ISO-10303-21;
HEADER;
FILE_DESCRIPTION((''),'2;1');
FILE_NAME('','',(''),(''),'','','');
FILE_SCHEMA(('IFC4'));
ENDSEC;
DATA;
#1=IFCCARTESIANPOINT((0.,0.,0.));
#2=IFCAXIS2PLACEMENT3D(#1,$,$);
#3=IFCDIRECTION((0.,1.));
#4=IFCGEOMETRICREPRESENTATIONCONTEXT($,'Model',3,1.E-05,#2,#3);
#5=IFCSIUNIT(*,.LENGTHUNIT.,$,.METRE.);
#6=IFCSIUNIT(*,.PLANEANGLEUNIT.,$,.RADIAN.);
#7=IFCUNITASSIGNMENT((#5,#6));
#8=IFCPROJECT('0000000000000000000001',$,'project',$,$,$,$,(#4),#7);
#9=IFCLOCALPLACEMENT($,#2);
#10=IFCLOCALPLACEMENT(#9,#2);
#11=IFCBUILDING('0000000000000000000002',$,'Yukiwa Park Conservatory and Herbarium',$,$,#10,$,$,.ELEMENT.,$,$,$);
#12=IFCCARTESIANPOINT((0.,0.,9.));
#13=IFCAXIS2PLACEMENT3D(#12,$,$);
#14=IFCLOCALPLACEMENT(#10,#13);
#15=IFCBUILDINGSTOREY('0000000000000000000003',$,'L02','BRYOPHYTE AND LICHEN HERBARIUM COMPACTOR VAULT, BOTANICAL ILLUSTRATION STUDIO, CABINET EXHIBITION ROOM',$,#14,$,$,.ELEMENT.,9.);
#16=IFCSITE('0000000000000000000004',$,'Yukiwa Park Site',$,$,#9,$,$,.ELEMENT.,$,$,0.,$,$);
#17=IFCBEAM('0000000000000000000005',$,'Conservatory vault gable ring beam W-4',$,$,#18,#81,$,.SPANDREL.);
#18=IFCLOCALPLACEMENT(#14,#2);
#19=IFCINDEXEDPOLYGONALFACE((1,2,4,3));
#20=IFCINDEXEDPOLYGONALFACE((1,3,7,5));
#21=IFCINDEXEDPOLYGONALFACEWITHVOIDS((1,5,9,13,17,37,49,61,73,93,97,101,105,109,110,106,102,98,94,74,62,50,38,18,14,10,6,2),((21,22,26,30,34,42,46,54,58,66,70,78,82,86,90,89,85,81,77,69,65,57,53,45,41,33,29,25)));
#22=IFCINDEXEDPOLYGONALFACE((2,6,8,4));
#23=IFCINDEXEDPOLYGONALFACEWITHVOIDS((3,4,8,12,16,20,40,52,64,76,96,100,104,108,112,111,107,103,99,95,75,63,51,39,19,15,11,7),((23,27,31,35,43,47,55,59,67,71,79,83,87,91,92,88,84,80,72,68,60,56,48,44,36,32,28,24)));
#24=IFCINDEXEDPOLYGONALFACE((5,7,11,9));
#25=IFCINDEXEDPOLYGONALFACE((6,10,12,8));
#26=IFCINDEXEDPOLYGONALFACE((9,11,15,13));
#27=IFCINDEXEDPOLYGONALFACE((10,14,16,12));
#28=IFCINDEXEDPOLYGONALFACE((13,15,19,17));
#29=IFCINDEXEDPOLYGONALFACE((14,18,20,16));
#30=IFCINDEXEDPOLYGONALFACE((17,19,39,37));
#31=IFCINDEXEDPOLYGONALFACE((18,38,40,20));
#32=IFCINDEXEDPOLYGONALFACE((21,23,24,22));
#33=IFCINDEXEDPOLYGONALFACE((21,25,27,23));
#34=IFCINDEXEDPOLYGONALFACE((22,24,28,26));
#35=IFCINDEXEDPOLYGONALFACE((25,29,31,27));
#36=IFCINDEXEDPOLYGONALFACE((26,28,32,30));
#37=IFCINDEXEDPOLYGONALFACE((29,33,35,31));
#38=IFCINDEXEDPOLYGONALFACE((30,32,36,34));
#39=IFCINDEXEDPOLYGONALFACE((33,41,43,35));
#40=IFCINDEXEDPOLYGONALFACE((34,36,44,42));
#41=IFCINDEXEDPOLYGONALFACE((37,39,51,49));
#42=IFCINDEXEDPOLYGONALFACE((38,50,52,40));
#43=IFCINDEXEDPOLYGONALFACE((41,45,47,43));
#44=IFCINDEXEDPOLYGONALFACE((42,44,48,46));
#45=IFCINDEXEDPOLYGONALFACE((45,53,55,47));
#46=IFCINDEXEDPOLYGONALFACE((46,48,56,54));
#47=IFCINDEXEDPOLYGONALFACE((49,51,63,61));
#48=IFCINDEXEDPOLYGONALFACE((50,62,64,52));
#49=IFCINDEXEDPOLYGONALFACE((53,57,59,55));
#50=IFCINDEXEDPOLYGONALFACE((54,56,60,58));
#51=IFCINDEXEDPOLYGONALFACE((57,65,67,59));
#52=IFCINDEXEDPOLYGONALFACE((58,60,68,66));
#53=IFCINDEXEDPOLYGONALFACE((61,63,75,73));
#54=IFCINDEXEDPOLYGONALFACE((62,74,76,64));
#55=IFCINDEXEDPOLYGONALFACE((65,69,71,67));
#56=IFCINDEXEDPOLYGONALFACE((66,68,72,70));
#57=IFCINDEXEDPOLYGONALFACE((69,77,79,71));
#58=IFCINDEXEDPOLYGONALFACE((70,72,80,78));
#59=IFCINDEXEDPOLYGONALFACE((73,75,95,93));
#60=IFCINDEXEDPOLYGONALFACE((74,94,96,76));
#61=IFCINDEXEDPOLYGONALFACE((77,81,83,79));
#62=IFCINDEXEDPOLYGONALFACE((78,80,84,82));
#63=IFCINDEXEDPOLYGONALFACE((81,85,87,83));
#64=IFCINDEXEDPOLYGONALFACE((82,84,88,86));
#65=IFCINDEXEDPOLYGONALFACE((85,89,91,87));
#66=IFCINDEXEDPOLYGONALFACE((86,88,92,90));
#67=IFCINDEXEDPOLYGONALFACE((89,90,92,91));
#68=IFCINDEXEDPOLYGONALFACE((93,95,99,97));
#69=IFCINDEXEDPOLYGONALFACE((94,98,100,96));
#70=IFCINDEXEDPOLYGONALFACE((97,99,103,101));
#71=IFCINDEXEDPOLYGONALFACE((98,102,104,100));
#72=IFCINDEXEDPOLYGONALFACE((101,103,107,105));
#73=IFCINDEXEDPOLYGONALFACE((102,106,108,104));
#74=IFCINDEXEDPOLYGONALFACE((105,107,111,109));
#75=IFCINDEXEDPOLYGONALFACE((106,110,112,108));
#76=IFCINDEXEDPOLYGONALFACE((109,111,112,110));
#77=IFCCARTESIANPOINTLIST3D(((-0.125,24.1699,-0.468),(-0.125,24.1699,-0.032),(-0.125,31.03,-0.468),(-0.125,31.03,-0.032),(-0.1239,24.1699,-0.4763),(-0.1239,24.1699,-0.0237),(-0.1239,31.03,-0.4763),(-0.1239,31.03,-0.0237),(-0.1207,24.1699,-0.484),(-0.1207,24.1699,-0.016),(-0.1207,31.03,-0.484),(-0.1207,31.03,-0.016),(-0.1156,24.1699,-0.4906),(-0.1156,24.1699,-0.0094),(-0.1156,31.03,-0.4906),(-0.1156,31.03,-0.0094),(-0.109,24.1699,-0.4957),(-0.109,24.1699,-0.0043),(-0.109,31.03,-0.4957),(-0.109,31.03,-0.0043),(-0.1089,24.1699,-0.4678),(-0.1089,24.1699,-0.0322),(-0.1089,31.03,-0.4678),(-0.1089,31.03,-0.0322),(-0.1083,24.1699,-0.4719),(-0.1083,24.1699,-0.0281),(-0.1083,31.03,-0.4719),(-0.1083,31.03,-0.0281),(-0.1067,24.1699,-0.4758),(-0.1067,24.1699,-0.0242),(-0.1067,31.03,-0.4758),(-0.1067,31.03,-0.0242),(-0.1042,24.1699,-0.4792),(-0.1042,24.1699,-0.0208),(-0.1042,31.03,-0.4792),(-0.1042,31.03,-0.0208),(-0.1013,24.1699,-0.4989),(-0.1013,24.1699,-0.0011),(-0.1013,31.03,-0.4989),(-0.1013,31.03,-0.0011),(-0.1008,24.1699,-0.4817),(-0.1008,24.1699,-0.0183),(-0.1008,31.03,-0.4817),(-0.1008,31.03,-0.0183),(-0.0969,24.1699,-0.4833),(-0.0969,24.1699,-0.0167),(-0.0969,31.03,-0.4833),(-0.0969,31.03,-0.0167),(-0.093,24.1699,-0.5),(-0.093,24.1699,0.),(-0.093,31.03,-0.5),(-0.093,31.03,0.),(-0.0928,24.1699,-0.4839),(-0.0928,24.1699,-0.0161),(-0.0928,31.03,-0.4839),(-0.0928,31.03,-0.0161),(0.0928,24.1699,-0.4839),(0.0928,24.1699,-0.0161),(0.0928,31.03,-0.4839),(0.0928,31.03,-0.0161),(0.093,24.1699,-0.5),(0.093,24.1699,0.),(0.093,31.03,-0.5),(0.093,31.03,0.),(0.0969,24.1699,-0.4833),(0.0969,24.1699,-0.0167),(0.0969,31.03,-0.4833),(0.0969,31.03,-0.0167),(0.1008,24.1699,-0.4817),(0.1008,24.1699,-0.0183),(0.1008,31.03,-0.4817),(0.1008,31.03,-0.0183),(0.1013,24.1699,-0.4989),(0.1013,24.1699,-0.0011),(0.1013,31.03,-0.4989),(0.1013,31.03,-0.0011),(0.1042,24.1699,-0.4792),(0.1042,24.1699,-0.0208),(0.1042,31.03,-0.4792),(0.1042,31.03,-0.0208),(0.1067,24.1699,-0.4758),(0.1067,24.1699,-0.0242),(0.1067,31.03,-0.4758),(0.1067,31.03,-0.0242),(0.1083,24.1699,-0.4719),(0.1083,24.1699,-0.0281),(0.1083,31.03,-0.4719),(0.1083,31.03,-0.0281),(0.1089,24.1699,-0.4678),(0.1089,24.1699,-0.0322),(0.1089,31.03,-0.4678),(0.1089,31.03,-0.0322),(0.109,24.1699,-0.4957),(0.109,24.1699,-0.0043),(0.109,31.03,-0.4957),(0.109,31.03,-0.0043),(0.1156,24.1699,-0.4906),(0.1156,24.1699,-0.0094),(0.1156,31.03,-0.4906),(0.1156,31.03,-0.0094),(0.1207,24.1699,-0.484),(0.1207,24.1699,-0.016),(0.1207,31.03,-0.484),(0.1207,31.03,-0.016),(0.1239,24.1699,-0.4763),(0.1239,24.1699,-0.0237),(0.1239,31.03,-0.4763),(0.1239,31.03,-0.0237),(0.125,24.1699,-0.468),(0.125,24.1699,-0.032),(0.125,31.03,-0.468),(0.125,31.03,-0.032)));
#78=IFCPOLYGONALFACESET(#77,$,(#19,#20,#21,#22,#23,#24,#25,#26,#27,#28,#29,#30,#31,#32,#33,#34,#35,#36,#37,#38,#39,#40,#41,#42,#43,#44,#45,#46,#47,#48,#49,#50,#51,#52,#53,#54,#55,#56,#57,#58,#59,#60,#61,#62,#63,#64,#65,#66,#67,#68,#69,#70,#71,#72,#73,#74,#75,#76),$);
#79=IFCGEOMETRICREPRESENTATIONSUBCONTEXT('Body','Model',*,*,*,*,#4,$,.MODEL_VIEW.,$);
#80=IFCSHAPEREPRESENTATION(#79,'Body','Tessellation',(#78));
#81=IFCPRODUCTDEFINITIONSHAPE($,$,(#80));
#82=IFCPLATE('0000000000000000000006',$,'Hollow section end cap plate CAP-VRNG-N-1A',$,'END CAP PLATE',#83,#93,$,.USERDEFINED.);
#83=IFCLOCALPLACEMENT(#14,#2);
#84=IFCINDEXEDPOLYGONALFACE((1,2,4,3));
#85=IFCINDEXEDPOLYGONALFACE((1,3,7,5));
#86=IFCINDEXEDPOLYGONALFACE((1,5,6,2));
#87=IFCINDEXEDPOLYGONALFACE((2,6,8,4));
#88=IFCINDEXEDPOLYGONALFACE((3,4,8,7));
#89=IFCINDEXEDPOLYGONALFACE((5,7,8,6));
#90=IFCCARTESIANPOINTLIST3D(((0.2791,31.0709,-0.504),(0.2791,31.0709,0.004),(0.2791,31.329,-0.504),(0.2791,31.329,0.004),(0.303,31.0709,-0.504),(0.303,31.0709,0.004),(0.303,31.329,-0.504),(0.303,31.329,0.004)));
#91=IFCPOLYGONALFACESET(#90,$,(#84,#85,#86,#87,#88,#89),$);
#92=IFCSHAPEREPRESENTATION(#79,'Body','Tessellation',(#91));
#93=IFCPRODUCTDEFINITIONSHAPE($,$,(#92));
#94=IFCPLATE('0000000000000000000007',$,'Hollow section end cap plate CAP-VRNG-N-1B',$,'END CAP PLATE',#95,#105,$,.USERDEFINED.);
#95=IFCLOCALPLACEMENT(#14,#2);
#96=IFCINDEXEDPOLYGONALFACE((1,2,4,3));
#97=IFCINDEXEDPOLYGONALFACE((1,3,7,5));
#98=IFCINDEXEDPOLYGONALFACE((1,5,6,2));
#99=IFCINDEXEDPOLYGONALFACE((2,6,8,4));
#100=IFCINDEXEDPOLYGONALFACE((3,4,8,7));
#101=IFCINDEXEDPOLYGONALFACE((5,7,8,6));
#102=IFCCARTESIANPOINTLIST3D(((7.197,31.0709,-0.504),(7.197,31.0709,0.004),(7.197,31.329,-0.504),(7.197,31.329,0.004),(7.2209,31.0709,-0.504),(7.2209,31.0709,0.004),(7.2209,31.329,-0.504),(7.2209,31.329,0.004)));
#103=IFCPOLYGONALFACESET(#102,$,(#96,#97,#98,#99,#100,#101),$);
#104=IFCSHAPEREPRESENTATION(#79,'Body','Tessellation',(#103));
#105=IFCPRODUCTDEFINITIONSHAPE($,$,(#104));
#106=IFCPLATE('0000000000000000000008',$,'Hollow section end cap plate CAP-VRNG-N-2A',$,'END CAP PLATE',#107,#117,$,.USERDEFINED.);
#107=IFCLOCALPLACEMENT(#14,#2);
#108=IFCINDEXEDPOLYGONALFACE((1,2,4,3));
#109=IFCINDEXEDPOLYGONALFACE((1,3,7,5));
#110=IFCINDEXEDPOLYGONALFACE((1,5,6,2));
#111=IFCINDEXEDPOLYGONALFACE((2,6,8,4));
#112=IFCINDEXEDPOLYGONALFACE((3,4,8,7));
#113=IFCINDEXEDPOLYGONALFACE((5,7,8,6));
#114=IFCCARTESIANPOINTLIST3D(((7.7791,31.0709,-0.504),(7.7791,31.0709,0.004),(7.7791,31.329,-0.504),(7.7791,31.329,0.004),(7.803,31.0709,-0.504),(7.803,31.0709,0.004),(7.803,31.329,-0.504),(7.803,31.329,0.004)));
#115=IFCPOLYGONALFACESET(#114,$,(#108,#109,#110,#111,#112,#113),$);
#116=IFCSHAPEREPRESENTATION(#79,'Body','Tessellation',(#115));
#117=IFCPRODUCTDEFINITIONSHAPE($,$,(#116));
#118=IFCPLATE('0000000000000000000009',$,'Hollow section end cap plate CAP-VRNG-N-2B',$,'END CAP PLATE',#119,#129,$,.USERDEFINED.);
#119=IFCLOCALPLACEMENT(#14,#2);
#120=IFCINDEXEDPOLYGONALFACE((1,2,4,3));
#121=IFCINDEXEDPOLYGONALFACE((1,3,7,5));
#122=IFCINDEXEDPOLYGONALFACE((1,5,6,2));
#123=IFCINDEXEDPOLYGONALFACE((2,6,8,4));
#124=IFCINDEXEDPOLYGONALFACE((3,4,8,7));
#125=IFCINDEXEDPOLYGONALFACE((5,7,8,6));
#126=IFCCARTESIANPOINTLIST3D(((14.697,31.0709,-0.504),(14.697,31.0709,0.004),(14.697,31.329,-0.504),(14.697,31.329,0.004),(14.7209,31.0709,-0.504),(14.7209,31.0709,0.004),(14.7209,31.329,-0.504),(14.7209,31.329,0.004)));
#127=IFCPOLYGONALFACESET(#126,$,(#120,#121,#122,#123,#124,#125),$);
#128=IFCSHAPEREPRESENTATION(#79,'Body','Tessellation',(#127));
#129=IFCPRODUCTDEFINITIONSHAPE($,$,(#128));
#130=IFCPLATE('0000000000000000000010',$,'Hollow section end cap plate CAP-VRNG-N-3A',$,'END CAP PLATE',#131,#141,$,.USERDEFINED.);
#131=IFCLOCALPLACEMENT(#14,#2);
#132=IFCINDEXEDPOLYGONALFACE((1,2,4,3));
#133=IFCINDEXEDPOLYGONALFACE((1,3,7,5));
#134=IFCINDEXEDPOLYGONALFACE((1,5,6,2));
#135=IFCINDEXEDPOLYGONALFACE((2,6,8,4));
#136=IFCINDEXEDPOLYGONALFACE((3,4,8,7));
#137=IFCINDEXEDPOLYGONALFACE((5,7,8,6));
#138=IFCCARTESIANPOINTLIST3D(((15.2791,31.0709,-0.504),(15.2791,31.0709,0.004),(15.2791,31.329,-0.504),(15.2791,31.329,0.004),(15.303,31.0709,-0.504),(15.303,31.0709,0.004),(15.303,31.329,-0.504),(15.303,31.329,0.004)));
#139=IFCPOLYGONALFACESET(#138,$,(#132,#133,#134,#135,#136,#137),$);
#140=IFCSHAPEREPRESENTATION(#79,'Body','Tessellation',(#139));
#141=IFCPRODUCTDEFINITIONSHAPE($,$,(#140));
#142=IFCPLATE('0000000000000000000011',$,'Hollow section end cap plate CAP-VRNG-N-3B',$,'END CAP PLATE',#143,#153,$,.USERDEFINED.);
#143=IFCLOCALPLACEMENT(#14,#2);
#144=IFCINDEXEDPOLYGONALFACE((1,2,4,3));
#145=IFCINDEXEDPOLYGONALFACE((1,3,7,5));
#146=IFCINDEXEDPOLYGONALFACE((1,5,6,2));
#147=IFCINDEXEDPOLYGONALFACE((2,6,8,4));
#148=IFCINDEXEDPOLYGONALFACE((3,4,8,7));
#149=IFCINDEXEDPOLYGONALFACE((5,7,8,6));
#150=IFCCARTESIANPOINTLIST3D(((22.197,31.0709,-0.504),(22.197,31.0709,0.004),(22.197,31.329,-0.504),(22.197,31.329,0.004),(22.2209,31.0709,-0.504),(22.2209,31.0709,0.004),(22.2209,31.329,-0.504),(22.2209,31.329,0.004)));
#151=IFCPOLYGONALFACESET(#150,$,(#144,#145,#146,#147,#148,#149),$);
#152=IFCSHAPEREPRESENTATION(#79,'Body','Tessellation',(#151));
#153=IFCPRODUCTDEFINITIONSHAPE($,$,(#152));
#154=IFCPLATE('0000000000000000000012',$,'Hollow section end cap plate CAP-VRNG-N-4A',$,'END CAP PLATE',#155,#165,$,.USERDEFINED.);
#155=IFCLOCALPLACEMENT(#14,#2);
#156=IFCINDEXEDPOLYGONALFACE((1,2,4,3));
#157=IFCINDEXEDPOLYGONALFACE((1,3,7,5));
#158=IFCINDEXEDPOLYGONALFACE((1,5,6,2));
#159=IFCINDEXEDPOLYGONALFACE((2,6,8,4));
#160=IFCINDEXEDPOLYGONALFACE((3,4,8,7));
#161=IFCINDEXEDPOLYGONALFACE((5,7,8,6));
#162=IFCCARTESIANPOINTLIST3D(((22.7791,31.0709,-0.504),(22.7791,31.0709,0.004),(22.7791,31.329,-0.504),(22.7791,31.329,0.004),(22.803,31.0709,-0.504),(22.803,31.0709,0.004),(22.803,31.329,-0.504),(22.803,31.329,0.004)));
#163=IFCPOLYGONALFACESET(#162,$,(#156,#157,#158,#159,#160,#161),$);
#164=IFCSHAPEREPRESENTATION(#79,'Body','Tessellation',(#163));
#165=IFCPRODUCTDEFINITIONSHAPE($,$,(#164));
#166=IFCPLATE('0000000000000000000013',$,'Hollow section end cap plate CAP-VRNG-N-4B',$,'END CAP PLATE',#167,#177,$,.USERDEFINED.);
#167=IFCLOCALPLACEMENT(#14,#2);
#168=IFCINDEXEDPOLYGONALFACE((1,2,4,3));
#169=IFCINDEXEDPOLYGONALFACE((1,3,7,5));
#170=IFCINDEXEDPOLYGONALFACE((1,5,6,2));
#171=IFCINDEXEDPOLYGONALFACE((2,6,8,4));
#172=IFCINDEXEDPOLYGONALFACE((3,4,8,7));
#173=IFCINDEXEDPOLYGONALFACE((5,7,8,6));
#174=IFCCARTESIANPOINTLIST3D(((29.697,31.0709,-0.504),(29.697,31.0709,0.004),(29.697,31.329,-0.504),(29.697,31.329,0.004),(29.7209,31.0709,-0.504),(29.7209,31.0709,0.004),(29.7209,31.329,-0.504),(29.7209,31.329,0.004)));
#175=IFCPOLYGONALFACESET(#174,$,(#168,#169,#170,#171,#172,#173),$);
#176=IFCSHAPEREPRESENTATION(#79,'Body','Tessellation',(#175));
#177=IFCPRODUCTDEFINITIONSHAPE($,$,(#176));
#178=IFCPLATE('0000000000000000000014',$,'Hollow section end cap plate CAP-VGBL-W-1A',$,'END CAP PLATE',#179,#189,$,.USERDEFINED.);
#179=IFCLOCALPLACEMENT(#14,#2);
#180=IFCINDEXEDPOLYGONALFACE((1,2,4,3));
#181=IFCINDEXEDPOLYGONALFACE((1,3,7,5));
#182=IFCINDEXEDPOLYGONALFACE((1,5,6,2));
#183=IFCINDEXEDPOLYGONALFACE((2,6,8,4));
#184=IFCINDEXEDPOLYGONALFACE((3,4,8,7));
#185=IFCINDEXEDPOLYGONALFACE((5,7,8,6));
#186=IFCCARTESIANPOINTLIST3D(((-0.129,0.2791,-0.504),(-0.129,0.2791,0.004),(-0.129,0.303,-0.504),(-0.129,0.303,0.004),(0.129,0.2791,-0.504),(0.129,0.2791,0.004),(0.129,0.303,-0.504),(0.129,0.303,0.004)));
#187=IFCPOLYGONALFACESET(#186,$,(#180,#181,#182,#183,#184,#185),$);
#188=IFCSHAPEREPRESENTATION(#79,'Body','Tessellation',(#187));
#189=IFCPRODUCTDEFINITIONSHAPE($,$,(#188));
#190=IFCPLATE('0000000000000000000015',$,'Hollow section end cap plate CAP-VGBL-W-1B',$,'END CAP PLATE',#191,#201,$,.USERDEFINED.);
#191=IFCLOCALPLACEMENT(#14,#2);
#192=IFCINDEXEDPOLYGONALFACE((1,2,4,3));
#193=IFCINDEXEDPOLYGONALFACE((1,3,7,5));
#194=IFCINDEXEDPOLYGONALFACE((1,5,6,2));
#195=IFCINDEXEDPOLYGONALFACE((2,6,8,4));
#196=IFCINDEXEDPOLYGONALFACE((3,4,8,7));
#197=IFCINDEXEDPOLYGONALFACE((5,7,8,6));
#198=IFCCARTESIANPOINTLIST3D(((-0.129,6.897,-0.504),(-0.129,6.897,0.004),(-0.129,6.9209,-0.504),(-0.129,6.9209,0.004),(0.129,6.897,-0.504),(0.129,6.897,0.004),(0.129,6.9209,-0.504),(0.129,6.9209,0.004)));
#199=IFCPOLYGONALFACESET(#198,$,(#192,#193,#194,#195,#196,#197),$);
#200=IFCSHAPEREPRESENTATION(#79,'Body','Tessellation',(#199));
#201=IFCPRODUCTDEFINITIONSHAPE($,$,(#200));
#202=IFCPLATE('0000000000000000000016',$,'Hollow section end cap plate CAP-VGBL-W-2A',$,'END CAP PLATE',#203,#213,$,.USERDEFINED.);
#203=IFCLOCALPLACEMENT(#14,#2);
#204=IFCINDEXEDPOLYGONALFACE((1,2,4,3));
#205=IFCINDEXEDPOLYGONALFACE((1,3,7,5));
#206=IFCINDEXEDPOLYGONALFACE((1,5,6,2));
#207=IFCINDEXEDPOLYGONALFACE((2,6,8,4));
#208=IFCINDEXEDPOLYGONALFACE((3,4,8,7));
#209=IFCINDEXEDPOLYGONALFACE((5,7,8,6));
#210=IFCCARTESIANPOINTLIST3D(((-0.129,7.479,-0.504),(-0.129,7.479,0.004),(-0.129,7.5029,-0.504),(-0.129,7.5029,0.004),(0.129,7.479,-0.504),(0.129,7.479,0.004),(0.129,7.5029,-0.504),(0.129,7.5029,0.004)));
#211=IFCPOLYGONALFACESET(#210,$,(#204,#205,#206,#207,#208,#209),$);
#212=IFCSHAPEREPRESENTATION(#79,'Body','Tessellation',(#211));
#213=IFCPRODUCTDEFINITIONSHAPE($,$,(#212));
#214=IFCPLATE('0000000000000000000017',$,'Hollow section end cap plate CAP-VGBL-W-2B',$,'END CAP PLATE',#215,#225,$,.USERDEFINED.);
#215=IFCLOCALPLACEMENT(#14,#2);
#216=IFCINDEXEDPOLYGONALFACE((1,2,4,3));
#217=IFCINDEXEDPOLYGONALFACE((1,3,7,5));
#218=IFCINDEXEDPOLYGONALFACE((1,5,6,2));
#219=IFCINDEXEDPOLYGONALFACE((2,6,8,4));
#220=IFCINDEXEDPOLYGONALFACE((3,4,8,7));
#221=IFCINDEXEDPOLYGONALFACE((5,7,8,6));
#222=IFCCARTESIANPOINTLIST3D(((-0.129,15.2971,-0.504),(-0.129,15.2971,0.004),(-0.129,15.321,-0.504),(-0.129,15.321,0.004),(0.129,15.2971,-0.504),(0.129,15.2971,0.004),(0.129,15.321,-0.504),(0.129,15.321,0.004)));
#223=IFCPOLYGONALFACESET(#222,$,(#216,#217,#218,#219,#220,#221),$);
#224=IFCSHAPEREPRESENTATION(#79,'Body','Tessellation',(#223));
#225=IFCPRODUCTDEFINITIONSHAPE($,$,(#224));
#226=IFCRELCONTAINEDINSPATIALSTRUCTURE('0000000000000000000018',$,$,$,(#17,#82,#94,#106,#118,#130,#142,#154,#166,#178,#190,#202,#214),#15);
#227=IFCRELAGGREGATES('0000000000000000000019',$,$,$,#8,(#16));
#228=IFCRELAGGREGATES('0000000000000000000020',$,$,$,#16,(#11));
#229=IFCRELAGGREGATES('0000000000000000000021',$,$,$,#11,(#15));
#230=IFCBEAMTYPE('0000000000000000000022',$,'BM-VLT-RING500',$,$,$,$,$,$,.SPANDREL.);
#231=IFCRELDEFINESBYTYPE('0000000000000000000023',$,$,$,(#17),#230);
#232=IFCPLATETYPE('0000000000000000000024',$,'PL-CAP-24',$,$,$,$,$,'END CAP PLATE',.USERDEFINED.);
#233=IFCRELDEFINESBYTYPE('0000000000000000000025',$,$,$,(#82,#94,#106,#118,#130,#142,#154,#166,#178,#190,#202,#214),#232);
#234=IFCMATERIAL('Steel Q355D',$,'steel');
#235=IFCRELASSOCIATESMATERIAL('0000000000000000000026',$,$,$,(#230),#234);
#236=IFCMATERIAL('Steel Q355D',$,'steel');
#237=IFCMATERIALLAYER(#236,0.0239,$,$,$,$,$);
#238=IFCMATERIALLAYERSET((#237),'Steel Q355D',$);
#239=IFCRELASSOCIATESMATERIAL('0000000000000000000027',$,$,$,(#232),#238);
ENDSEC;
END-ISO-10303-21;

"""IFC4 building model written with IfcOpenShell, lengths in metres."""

from ifc_helpers import new_model, si_unit, direction, frame, origin, origin_2d, place, context, subcontext, project, spatial, rectangle, hollow_rectangle, extrude, material, layer, layer_set, material_profile, profile_set, type_object, element, save


model = new_model("IFC4")

# Units and contexts
model_context = context("Model", 3, precision=1e-05, world=origin(), true_north=direction((0.0, 1.0)))
body_context = subcontext(model_context, "Body", "Model", "MODEL_VIEW")
ifc_project = project(units=[si_unit("LENGTHUNIT", "METRE"), si_unit("PLANEANGLEUNIT", "RADIAN")], contexts=[model_context])

# Site, building, storey
site_placement = place(None, origin())
site = spatial("IfcSite", under=ifc_project, at=site_placement, Name="Yukiwa Park Site", CompositionType="ELEMENT", RefElevation=0.0)
building_placement = place(site_placement, origin())
building = spatial("IfcBuilding", under=site, at=building_placement, Name="Yukiwa Park Conservatory and Herbarium", CompositionType="ELEMENT")
storey_placement = place(building_placement, frame((0.0, 0.0, 9.0)))
storey = spatial("IfcBuildingStorey", under=building, at=storey_placement, Name="L02", Description="BRYOPHYTE AND LICHEN HERBARIUM COMPACTOR VAULT, BOTANICAL ILLUSTRATION STUDIO, CABINET EXHIBITION ROOM", CompositionType="ELEMENT", Elevation=9.0)

# Beam
ifc_material_1 = material(Name="Steel Q355D", Category="steel")
ifc_material_profile = material_profile(ifc_material_1, hollow_rectangle(XDim=0.25, YDim=0.5, WallThickness=0.0161, InnerFilletRadius=0.0161, OuterFilletRadius=0.032, at=origin_2d()), Name="RHS 500x250x16")
ifc_profile_set = profile_set([ifc_material_profile], Name="Steel Q355D")
beam_type = type_object("IfcBeamType", Name="BM-VLT-RING500", PredefinedType="SPANDREL", material=ifc_profile_set)
beam_1_placement = place(storey_placement, frame((0.0, 24.1699, -0.25), z_axis=(0.0, 1.0, 0.0), x_axis=(-1.0, 0.0, 0.0)))
element("IfcBeam", 1, at=beam_1_placement, inside=storey, type_object=beam_type, Name="Conservatory vault gable ring beam W-4", PredefinedType="SPANDREL", context=body_context, shape_type="SweptSolid", body=[
    extrude(hollow_rectangle(XDim=0.25, YDim=0.5, WallThickness=0.0161, InnerFilletRadius=0.0161, OuterFilletRadius=0.032, at=origin_2d()), origin(), (0.0, 0.0, 1.0), 6.8601),
])

# Plates
ifc_material_2 = material(Name="Steel Q355D", Category="steel")
ifc_layer = layer(ifc_material_2, 0.0239)
ifc_layer_set = layer_set([ifc_layer], Name="Steel Q355D")
plate_type = type_object("IfcPlateType", Name="PL-CAP-24", ElementType="END CAP PLATE", PredefinedType="USERDEFINED", material=ifc_layer_set)
for number, where, z_axis, x_axis, name in (
    (2, (0.303, 31.2, -0.25), (-1.0, 0.0, 0.0), (0.0, -1.0, 0.0), "Hollow section end cap plate CAP-VRNG-N-1A"),
    (3, (7.197, 31.2, -0.25), (1.0, 0.0, 0.0), (0.0, 1.0, 0.0), "Hollow section end cap plate CAP-VRNG-N-1B"),
    (4, (7.803, 31.2, -0.25), (-1.0, 0.0, 0.0), (0.0, -1.0, 0.0), "Hollow section end cap plate CAP-VRNG-N-2A"),
    (5, (14.697, 31.2, -0.25), (1.0, 0.0, 0.0), (0.0, 1.0, 0.0), "Hollow section end cap plate CAP-VRNG-N-2B"),
    (6, (15.303, 31.2, -0.25), (-1.0, 0.0, 0.0), (0.0, -1.0, 0.0), "Hollow section end cap plate CAP-VRNG-N-3A"),
    (7, (22.197, 31.2, -0.25), (1.0, 0.0, 0.0), (0.0, 1.0, 0.0), "Hollow section end cap plate CAP-VRNG-N-3B"),
    (8, (22.803, 31.2, -0.25), (-1.0, 0.0, 0.0), (0.0, -1.0, 0.0), "Hollow section end cap plate CAP-VRNG-N-4A"),
    (9, (29.697, 31.2, -0.25), (1.0, 0.0, 0.0), (0.0, 1.0, 0.0), "Hollow section end cap plate CAP-VRNG-N-4B"),
    (10, (0.0, 0.303, -0.25), (0.0, -1.0, 0.0), (1.0, 0.0, 0.0), "Hollow section end cap plate CAP-VGBL-W-1A"),
    (11, (0.0, 6.897, -0.25), (0.0, 1.0, 0.0), (-1.0, 0.0, 0.0), "Hollow section end cap plate CAP-VGBL-W-1B"),
    (12, (0.0, 7.5029, -0.25), (0.0, -1.0, 0.0), (1.0, 0.0, 0.0), "Hollow section end cap plate CAP-VGBL-W-2A"),
    (13, (0.0, 15.2971, -0.25), (0.0, 1.0, 0.0), (-1.0, 0.0, 0.0), "Hollow section end cap plate CAP-VGBL-W-2B"),
):
    element("IfcPlate", number, at=place(storey_placement, frame(where, z_axis=z_axis, x_axis=x_axis)), inside=storey, type_object=plate_type, Name=name, ObjectType="END CAP PLATE", PredefinedType="USERDEFINED", context=body_context, shape_type="SweptSolid", body=[
        extrude(rectangle(XDim=0.2581, YDim=0.5081, at=origin_2d()), origin(), (0.0, 0.0, 1.0), 0.0239),
    ])

save(model, "model.ifc")
